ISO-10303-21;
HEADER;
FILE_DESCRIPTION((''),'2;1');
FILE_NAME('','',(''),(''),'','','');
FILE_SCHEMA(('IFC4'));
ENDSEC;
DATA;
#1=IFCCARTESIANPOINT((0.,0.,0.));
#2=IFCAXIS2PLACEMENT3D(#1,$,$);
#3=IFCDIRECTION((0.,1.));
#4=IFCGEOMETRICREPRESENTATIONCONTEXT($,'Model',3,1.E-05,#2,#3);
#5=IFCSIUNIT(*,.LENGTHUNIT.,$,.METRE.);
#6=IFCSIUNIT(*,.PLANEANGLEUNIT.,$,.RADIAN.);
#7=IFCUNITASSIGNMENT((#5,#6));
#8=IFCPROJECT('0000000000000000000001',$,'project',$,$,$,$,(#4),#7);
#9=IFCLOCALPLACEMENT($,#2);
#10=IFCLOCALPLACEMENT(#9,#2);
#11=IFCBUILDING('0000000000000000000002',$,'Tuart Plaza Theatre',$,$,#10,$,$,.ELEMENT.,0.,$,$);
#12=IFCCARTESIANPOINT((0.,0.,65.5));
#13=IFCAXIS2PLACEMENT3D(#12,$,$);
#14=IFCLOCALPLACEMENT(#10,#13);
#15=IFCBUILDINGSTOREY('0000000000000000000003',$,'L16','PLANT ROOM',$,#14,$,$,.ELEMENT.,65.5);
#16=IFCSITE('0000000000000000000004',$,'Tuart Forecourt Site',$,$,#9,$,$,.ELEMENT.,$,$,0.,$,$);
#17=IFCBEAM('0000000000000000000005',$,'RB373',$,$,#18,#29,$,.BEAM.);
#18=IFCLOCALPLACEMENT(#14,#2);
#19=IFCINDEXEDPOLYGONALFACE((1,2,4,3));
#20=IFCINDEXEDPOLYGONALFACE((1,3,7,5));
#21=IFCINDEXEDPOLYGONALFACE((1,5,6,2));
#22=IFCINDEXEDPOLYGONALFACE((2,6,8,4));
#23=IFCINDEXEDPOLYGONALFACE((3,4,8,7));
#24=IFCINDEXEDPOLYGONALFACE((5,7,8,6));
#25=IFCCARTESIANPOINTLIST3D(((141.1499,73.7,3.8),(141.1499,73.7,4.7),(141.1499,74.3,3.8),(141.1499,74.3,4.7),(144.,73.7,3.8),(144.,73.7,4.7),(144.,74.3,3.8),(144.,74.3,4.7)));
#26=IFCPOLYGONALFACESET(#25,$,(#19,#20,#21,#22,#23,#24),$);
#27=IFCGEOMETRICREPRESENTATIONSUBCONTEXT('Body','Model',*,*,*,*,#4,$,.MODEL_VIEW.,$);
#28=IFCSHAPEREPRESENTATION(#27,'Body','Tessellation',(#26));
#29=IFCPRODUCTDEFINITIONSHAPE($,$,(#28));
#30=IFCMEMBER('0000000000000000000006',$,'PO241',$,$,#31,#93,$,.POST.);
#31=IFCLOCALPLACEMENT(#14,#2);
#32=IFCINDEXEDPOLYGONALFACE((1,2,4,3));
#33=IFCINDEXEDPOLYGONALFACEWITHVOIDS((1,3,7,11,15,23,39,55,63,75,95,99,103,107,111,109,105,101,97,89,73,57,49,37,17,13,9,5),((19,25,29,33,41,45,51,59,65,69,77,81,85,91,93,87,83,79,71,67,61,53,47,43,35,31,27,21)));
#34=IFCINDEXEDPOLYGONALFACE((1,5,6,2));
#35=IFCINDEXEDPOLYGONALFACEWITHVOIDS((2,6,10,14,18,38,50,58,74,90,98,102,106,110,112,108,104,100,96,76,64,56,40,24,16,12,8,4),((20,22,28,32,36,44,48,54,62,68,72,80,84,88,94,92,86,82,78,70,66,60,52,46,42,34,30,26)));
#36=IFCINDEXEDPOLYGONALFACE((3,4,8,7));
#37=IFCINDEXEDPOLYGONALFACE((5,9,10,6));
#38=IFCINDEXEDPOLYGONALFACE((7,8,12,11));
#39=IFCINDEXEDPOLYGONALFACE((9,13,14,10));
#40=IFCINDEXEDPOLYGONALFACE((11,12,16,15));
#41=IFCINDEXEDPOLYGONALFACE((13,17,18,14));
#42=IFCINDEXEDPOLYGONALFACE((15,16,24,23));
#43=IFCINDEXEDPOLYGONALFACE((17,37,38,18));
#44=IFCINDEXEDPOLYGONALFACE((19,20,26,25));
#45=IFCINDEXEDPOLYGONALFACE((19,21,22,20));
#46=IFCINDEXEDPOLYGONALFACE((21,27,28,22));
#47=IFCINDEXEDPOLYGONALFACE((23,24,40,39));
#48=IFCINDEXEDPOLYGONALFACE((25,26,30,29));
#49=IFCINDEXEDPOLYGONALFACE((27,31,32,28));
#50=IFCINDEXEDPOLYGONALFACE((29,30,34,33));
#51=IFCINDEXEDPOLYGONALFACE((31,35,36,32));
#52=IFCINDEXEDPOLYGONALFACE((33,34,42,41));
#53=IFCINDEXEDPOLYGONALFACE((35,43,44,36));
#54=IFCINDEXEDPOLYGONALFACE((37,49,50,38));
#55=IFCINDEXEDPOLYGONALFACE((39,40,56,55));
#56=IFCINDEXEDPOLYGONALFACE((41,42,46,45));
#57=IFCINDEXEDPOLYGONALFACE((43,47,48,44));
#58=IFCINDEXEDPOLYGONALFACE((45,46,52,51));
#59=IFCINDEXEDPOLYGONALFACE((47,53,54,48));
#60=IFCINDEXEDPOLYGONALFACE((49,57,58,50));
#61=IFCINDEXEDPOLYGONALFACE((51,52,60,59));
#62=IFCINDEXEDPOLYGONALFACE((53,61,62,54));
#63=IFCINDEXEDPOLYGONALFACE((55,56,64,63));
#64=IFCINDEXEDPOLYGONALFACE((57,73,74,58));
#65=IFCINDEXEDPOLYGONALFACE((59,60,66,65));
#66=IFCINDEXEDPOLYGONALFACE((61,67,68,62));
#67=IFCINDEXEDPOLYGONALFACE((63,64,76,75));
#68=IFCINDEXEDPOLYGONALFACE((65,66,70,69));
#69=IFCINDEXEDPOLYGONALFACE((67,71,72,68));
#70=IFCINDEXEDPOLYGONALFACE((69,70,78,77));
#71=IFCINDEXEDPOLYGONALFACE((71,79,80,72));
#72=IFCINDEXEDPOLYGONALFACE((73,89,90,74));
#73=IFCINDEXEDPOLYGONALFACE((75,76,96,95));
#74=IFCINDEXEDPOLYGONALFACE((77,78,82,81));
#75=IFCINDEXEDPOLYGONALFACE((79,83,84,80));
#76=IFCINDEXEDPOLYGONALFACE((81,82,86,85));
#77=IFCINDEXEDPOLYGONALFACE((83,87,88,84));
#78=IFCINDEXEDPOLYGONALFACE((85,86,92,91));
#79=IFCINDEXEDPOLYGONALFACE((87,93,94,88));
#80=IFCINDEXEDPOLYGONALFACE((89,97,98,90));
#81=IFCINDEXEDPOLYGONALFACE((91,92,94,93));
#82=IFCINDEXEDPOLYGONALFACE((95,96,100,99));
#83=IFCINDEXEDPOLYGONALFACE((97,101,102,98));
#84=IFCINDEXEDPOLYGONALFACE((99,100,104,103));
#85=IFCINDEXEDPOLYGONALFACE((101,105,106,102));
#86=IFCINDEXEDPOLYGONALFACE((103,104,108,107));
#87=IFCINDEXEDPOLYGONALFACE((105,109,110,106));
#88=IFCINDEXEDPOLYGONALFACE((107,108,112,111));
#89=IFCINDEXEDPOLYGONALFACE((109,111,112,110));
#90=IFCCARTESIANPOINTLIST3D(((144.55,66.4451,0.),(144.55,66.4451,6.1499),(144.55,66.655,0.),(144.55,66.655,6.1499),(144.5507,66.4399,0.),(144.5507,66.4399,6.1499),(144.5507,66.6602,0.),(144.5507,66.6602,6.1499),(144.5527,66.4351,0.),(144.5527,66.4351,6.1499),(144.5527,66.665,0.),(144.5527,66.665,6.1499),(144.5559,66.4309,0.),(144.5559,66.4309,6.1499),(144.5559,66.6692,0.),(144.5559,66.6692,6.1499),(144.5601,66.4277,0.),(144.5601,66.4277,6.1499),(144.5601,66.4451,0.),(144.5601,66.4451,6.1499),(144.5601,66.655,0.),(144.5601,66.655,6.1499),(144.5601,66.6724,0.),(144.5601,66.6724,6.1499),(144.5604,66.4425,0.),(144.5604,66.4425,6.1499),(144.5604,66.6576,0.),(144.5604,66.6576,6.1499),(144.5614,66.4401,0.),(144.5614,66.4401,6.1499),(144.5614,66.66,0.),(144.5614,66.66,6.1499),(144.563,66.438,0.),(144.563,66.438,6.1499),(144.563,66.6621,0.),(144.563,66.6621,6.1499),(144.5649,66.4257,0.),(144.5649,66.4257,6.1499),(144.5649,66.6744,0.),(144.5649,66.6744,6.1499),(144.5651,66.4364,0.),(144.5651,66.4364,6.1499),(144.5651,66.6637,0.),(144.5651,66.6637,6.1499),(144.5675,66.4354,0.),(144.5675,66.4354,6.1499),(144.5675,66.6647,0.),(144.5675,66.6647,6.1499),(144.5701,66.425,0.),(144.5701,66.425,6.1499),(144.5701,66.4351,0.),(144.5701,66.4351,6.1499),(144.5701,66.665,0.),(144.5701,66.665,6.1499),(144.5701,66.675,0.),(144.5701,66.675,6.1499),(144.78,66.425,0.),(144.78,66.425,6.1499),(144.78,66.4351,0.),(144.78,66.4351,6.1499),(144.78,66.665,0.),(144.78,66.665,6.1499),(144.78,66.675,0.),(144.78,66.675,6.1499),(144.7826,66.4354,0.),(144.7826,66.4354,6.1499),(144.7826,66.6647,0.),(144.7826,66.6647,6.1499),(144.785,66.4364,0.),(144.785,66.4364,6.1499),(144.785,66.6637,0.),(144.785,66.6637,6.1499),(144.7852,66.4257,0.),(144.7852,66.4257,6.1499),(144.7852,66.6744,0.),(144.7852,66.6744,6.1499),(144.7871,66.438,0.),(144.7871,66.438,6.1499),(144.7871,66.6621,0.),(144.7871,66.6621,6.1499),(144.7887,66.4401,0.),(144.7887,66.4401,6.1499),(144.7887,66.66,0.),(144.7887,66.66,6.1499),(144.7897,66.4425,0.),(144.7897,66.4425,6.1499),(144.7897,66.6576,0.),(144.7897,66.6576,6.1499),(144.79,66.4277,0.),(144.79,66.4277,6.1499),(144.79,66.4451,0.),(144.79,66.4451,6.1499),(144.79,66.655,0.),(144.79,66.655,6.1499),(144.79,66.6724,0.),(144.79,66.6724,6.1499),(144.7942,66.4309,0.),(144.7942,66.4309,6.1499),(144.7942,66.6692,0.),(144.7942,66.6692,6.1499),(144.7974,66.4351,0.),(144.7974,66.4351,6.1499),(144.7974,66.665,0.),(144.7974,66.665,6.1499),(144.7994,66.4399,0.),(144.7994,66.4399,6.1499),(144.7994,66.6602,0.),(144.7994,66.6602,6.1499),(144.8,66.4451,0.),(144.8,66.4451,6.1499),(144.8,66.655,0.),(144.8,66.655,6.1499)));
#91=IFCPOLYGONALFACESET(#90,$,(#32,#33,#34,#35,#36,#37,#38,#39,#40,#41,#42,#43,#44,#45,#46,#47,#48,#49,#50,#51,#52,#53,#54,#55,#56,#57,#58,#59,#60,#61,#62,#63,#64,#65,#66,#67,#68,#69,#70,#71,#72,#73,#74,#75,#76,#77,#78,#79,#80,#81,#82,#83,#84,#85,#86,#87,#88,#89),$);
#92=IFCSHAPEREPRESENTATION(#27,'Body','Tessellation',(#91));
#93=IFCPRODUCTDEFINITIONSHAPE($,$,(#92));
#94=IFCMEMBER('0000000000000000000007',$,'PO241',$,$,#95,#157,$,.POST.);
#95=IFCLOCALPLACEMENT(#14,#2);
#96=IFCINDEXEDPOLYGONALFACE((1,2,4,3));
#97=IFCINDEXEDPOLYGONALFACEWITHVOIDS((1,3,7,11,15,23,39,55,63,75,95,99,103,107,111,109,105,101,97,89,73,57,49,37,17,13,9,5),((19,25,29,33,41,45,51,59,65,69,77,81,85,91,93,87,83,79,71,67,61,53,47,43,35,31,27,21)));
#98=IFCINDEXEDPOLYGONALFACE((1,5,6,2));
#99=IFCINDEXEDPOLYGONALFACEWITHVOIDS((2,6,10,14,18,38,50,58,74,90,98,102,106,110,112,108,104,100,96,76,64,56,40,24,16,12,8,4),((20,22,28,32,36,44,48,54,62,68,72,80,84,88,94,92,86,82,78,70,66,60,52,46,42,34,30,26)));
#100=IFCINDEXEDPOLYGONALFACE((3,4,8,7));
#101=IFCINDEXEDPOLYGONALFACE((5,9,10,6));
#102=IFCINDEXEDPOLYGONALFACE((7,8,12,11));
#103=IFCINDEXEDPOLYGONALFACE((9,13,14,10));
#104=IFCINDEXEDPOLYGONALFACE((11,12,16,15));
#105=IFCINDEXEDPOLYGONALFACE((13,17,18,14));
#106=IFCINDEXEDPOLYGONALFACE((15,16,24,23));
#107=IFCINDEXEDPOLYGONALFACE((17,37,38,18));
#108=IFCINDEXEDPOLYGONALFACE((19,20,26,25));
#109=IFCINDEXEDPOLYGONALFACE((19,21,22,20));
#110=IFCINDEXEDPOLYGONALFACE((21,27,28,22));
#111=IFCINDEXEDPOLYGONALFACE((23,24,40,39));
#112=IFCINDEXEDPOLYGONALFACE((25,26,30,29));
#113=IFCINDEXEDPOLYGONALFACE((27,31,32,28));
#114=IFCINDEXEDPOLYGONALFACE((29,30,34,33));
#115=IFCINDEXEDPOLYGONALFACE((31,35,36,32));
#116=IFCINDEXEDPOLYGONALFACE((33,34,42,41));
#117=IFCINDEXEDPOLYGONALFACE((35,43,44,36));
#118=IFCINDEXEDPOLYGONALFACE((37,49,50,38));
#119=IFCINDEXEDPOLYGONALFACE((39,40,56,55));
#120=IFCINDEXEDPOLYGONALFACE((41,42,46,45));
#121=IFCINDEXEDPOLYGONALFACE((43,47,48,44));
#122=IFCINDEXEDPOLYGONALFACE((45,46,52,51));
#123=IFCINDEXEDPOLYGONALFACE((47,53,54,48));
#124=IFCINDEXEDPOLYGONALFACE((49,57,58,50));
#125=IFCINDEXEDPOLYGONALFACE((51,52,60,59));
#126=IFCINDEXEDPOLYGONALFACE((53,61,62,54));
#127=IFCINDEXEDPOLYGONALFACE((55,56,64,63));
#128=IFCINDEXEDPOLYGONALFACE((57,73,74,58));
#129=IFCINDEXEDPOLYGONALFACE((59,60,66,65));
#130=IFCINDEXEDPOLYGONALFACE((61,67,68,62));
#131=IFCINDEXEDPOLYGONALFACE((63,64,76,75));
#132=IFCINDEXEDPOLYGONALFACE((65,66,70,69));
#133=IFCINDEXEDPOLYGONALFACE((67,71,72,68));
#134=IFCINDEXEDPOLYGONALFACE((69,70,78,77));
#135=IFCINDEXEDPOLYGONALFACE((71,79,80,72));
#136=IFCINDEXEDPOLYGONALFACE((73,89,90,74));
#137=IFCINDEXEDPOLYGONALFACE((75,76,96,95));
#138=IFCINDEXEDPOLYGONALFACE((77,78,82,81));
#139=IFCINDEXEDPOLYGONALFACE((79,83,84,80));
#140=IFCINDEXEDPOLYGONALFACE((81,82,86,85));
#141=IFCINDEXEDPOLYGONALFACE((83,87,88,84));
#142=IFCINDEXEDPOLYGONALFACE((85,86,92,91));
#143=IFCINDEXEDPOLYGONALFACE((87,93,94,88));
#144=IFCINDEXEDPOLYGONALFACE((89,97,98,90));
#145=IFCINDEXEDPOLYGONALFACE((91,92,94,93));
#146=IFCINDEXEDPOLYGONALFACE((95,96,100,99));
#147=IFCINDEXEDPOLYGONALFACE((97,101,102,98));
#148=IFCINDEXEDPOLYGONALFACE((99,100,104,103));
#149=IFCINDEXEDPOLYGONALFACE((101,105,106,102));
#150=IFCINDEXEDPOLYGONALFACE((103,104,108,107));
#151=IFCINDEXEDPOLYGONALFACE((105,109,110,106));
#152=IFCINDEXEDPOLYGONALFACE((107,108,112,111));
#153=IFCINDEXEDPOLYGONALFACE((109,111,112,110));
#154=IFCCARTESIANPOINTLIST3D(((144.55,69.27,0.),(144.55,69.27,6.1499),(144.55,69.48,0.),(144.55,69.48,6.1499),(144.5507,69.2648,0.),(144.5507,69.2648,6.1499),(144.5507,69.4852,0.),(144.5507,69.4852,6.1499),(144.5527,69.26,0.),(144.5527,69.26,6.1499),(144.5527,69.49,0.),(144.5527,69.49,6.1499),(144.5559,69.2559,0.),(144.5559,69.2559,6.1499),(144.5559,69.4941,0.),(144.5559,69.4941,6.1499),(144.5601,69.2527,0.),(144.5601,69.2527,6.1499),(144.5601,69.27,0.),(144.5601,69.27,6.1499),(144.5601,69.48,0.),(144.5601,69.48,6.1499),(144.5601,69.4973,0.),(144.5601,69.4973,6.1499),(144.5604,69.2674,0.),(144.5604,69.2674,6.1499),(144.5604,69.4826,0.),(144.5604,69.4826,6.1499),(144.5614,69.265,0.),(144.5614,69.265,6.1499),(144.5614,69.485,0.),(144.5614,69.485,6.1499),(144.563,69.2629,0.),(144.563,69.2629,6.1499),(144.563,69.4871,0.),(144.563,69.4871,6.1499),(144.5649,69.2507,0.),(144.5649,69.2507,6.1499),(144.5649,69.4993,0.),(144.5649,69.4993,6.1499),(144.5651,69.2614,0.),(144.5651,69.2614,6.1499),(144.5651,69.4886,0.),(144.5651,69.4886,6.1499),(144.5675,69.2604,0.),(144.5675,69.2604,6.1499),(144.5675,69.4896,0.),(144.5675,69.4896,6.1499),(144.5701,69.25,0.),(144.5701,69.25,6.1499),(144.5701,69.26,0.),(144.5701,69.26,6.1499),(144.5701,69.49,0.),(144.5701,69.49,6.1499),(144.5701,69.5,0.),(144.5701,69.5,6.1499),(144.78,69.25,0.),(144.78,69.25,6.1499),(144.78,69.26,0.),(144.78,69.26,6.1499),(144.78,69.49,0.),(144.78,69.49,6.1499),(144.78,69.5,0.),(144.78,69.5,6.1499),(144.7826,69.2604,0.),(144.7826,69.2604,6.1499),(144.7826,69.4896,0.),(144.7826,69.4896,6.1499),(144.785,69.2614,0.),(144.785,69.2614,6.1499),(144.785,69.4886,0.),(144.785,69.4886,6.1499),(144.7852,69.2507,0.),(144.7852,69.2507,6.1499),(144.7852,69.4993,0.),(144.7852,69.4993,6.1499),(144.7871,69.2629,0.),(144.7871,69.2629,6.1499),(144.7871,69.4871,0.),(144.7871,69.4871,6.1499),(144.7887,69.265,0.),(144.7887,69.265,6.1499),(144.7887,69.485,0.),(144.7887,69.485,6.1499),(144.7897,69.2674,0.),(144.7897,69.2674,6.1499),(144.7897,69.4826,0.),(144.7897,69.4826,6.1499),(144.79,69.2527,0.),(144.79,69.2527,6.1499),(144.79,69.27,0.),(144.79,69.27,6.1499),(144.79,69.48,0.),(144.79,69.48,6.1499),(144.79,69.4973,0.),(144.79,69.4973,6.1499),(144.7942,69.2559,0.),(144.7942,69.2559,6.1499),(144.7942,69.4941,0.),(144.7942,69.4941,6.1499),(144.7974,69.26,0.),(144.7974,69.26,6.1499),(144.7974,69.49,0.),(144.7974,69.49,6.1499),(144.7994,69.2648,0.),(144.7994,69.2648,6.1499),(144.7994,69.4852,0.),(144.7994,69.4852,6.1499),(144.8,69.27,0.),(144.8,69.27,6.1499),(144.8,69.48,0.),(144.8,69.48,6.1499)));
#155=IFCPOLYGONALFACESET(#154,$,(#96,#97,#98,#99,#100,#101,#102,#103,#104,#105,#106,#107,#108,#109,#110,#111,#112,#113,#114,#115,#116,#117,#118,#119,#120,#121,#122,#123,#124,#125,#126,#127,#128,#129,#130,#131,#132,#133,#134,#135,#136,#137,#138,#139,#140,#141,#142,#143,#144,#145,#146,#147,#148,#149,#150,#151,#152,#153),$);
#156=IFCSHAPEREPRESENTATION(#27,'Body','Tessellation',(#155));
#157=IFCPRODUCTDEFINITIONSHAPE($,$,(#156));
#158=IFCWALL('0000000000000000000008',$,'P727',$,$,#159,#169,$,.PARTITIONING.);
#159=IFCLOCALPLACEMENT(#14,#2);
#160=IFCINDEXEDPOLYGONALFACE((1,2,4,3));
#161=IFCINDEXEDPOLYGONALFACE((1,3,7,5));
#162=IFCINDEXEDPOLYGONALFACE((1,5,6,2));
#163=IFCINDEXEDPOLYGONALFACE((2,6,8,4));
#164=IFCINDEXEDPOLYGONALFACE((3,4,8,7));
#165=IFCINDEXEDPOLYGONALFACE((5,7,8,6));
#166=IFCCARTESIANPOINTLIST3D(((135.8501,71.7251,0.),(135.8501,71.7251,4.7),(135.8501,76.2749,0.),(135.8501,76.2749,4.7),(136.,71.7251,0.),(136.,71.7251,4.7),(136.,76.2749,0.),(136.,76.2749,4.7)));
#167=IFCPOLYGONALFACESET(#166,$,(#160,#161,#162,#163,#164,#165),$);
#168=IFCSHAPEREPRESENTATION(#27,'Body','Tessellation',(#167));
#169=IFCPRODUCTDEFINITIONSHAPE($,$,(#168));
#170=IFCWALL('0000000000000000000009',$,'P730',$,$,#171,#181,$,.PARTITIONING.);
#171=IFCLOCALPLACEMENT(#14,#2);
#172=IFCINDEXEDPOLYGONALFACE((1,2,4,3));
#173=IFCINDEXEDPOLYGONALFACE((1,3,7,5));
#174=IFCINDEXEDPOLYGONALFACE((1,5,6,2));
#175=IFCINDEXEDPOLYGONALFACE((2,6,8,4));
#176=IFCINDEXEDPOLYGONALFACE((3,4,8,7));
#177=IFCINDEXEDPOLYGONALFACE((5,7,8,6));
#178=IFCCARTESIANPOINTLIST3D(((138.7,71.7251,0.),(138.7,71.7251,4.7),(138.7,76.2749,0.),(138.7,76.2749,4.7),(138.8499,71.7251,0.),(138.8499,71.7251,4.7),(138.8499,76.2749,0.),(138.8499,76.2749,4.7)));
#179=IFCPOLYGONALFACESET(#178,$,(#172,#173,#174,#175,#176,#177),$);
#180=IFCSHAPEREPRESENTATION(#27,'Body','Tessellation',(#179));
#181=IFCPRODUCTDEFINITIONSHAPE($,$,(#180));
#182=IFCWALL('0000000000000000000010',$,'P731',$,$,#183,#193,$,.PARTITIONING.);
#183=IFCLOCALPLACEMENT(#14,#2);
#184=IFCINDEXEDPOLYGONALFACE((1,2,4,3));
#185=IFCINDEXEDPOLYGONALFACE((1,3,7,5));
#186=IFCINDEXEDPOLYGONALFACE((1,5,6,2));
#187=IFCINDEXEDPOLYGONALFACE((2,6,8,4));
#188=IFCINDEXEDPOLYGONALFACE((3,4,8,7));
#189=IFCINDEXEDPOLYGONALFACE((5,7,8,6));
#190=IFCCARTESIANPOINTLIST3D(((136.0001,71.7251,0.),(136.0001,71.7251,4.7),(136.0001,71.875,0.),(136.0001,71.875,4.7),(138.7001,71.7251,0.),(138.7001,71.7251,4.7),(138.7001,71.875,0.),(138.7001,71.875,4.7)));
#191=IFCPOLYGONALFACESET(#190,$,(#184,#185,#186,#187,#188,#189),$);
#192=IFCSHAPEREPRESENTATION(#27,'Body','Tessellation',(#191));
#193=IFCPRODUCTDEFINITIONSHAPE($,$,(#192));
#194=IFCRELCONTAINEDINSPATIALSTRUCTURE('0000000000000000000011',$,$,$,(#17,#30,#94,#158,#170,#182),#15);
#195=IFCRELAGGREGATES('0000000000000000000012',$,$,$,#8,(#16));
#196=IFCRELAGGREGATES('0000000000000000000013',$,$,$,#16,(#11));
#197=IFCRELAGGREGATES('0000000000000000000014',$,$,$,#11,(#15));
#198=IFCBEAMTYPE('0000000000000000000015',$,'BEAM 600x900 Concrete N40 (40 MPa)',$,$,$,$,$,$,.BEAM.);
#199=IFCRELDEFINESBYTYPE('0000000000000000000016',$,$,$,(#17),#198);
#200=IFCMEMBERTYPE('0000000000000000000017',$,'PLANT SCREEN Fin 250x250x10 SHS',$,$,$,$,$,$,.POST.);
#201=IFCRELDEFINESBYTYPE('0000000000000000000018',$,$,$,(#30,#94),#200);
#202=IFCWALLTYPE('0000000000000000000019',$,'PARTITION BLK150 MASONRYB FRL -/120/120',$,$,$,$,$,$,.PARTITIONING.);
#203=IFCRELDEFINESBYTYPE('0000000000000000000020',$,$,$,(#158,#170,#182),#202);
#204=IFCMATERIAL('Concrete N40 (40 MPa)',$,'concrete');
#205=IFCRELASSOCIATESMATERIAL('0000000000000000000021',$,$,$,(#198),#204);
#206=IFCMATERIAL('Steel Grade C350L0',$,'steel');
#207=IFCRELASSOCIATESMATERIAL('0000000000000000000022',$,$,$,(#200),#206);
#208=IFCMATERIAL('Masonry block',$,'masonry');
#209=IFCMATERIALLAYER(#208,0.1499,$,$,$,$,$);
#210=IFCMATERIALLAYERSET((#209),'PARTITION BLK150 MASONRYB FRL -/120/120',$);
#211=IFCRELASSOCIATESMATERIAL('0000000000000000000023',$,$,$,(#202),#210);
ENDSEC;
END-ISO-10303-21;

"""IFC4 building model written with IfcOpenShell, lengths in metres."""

from ifc_helpers import new_model, si_unit, direction, frame, frame_2d, origin, origin_2d, place, context, subcontext, project, spatial, rectangle, hollow_rectangle, extrude, material, layer, layer_set, material_profile, profile_set, type_object, element, save


model = new_model("IFC4")

# Units and contexts
model_context = context("Model", 3, precision=1e-05, world=origin(), true_north=direction((0.0, 1.0)))
body_context = subcontext(model_context, "Body", "Model", "MODEL_VIEW")
ifc_project = project(units=[si_unit("LENGTHUNIT", "METRE"), si_unit("PLANEANGLEUNIT", "RADIAN")], contexts=[model_context])

# Site, building, storey
site_placement = place(None, origin())
site = spatial("IfcSite", under=ifc_project, at=site_placement, Name="Tuart Forecourt Site", CompositionType="ELEMENT", RefElevation=0.0)
building_placement = place(site_placement, origin())
building = spatial("IfcBuilding", under=site, at=building_placement, Name="Tuart Plaza Theatre", CompositionType="ELEMENT", ElevationOfRefHeight=0.0)
storey_placement = place(building_placement, frame((0.0, 0.0, 65.5)))
storey = spatial("IfcBuildingStorey", under=building, at=storey_placement, Name="L16", Description="PLANT ROOM", CompositionType="ELEMENT", Elevation=65.5)

# Beam
ifc_material_1 = material(Name="Concrete N40 (40 MPa)", Category="concrete")
ifc_material_profile_1 = material_profile(ifc_material_1, rectangle(XDim=0.6001, YDim=0.8999, at=origin_2d()), Name="BEAM 600x900 Concrete N40 (40 MPa)")
ifc_profile_set_1 = profile_set([ifc_material_profile_1], Name="Concrete N40 (40 MPa)")
beam_type = type_object("IfcBeamType", Name="BEAM 600x900 Concrete N40 (40 MPa)", PredefinedType="BEAM", material=ifc_profile_set_1)
beam_placement = place(storey_placement, frame((141.1499, 74.0, 4.25), z_axis=(1.0, 0.0, 0.0), x_axis=(0.0, 1.0, 0.0)))
element("IfcBeam", 1, at=beam_placement, inside=storey, type_object=beam_type, Name="RB373", PredefinedType="BEAM", context=body_context, shape_type="SweptSolid", body=[
    extrude(rectangle(XDim=0.6001, YDim=0.8999, at=origin_2d()), origin(), (0.0, 0.0, 1.0), 2.8501),
])

# Members
ifc_material_2 = material(Name="Steel Grade C350L0", Category="steel")
ifc_material_profile_2 = material_profile(ifc_material_2, hollow_rectangle(XDim=0.25, YDim=0.25, WallThickness=0.01, InnerFilletRadius=0.01, OuterFilletRadius=0.02, at=origin_2d()), Name="250x250x10 SHS")
ifc_profile_set_2 = profile_set([ifc_material_profile_2], Name="Steel Grade C350L0")
member_type = type_object("IfcMemberType", Name="PLANT SCREEN Fin 250x250x10 SHS", PredefinedType="POST", material=ifc_profile_set_2)
for number, where, z_axis, x_axis, name in (
    (2, (144.675, 66.55, 0.0), (0.0, 0.0, 1.0), (1.0, 0.0, 0.0), "PO241"),
    (3, (144.675, 69.375, 0.0), (0.0, 0.0, 1.0), (1.0, 0.0, 0.0), "PO241"),
):
    element("IfcMember", number, at=place(storey_placement, frame(where, z_axis=z_axis, x_axis=x_axis)), inside=storey, type_object=member_type, Name=name, PredefinedType="POST", context=body_context, shape_type="SweptSolid", body=[
        extrude(hollow_rectangle(XDim=0.25, YDim=0.25, WallThickness=0.01, InnerFilletRadius=0.01, OuterFilletRadius=0.02, at=origin_2d()), origin(), (0.0, 0.0, 1.0), 6.1499),
    ])

# Walls
ifc_material_3 = material(Name="Masonry block", Category="masonry")
ifc_layer_1 = layer(ifc_material_3, 0.1499)
ifc_layer_set_1 = layer_set([ifc_layer_1], Name="PARTITION BLK150 MASONRYB FRL -/120/120")
wall_type_1 = type_object("IfcWallType", Name="PARTITION BLK150 MASONRYB FRL -/120/120", PredefinedType="PARTITIONING", material=ifc_layer_set_1)
for number, where, z_axis, x_axis, name in (
    (4, (135.925, 71.7251, 0.0), (0.0, 0.0, 1.0), (0.0, 1.0, 0.0), "P727"),
    (5, (138.7749, 71.7251, 0.0), (0.0, 0.0, 1.0), (0.0, 1.0, 0.0), "P730"),
):
    element("IfcWall", number, at=place(storey_placement, frame(where, z_axis=z_axis, x_axis=x_axis)), inside=storey, type_object=wall_type_1, Name=name, PredefinedType="PARTITIONING", context=body_context, shape_type="SweptSolid", body=[
        extrude(rectangle(XDim=4.5498, YDim=0.1499, at=frame_2d((2.2749, 0.0))), origin(), (0.0, 0.0, 1.0), 4.7),
    ])
wall_1_placement = place(storey_placement, frame((136.0, 71.8, 0.0), z_axis=(0.0, 0.0, 1.0), x_axis=(1.0, 0.0, 0.0)))
element("IfcWall", 6, at=wall_1_placement, inside=storey, type_object=wall_type_1, Name="P731", PredefinedType="PARTITIONING", context=body_context, shape_type="SweptSolid", body=[
    extrude(rectangle(XDim=2.7, YDim=0.1499, at=frame_2d((1.3501, 0.0))), origin(), (0.0, 0.0, 1.0), 4.7),
])

save(model, "model.ifc")
